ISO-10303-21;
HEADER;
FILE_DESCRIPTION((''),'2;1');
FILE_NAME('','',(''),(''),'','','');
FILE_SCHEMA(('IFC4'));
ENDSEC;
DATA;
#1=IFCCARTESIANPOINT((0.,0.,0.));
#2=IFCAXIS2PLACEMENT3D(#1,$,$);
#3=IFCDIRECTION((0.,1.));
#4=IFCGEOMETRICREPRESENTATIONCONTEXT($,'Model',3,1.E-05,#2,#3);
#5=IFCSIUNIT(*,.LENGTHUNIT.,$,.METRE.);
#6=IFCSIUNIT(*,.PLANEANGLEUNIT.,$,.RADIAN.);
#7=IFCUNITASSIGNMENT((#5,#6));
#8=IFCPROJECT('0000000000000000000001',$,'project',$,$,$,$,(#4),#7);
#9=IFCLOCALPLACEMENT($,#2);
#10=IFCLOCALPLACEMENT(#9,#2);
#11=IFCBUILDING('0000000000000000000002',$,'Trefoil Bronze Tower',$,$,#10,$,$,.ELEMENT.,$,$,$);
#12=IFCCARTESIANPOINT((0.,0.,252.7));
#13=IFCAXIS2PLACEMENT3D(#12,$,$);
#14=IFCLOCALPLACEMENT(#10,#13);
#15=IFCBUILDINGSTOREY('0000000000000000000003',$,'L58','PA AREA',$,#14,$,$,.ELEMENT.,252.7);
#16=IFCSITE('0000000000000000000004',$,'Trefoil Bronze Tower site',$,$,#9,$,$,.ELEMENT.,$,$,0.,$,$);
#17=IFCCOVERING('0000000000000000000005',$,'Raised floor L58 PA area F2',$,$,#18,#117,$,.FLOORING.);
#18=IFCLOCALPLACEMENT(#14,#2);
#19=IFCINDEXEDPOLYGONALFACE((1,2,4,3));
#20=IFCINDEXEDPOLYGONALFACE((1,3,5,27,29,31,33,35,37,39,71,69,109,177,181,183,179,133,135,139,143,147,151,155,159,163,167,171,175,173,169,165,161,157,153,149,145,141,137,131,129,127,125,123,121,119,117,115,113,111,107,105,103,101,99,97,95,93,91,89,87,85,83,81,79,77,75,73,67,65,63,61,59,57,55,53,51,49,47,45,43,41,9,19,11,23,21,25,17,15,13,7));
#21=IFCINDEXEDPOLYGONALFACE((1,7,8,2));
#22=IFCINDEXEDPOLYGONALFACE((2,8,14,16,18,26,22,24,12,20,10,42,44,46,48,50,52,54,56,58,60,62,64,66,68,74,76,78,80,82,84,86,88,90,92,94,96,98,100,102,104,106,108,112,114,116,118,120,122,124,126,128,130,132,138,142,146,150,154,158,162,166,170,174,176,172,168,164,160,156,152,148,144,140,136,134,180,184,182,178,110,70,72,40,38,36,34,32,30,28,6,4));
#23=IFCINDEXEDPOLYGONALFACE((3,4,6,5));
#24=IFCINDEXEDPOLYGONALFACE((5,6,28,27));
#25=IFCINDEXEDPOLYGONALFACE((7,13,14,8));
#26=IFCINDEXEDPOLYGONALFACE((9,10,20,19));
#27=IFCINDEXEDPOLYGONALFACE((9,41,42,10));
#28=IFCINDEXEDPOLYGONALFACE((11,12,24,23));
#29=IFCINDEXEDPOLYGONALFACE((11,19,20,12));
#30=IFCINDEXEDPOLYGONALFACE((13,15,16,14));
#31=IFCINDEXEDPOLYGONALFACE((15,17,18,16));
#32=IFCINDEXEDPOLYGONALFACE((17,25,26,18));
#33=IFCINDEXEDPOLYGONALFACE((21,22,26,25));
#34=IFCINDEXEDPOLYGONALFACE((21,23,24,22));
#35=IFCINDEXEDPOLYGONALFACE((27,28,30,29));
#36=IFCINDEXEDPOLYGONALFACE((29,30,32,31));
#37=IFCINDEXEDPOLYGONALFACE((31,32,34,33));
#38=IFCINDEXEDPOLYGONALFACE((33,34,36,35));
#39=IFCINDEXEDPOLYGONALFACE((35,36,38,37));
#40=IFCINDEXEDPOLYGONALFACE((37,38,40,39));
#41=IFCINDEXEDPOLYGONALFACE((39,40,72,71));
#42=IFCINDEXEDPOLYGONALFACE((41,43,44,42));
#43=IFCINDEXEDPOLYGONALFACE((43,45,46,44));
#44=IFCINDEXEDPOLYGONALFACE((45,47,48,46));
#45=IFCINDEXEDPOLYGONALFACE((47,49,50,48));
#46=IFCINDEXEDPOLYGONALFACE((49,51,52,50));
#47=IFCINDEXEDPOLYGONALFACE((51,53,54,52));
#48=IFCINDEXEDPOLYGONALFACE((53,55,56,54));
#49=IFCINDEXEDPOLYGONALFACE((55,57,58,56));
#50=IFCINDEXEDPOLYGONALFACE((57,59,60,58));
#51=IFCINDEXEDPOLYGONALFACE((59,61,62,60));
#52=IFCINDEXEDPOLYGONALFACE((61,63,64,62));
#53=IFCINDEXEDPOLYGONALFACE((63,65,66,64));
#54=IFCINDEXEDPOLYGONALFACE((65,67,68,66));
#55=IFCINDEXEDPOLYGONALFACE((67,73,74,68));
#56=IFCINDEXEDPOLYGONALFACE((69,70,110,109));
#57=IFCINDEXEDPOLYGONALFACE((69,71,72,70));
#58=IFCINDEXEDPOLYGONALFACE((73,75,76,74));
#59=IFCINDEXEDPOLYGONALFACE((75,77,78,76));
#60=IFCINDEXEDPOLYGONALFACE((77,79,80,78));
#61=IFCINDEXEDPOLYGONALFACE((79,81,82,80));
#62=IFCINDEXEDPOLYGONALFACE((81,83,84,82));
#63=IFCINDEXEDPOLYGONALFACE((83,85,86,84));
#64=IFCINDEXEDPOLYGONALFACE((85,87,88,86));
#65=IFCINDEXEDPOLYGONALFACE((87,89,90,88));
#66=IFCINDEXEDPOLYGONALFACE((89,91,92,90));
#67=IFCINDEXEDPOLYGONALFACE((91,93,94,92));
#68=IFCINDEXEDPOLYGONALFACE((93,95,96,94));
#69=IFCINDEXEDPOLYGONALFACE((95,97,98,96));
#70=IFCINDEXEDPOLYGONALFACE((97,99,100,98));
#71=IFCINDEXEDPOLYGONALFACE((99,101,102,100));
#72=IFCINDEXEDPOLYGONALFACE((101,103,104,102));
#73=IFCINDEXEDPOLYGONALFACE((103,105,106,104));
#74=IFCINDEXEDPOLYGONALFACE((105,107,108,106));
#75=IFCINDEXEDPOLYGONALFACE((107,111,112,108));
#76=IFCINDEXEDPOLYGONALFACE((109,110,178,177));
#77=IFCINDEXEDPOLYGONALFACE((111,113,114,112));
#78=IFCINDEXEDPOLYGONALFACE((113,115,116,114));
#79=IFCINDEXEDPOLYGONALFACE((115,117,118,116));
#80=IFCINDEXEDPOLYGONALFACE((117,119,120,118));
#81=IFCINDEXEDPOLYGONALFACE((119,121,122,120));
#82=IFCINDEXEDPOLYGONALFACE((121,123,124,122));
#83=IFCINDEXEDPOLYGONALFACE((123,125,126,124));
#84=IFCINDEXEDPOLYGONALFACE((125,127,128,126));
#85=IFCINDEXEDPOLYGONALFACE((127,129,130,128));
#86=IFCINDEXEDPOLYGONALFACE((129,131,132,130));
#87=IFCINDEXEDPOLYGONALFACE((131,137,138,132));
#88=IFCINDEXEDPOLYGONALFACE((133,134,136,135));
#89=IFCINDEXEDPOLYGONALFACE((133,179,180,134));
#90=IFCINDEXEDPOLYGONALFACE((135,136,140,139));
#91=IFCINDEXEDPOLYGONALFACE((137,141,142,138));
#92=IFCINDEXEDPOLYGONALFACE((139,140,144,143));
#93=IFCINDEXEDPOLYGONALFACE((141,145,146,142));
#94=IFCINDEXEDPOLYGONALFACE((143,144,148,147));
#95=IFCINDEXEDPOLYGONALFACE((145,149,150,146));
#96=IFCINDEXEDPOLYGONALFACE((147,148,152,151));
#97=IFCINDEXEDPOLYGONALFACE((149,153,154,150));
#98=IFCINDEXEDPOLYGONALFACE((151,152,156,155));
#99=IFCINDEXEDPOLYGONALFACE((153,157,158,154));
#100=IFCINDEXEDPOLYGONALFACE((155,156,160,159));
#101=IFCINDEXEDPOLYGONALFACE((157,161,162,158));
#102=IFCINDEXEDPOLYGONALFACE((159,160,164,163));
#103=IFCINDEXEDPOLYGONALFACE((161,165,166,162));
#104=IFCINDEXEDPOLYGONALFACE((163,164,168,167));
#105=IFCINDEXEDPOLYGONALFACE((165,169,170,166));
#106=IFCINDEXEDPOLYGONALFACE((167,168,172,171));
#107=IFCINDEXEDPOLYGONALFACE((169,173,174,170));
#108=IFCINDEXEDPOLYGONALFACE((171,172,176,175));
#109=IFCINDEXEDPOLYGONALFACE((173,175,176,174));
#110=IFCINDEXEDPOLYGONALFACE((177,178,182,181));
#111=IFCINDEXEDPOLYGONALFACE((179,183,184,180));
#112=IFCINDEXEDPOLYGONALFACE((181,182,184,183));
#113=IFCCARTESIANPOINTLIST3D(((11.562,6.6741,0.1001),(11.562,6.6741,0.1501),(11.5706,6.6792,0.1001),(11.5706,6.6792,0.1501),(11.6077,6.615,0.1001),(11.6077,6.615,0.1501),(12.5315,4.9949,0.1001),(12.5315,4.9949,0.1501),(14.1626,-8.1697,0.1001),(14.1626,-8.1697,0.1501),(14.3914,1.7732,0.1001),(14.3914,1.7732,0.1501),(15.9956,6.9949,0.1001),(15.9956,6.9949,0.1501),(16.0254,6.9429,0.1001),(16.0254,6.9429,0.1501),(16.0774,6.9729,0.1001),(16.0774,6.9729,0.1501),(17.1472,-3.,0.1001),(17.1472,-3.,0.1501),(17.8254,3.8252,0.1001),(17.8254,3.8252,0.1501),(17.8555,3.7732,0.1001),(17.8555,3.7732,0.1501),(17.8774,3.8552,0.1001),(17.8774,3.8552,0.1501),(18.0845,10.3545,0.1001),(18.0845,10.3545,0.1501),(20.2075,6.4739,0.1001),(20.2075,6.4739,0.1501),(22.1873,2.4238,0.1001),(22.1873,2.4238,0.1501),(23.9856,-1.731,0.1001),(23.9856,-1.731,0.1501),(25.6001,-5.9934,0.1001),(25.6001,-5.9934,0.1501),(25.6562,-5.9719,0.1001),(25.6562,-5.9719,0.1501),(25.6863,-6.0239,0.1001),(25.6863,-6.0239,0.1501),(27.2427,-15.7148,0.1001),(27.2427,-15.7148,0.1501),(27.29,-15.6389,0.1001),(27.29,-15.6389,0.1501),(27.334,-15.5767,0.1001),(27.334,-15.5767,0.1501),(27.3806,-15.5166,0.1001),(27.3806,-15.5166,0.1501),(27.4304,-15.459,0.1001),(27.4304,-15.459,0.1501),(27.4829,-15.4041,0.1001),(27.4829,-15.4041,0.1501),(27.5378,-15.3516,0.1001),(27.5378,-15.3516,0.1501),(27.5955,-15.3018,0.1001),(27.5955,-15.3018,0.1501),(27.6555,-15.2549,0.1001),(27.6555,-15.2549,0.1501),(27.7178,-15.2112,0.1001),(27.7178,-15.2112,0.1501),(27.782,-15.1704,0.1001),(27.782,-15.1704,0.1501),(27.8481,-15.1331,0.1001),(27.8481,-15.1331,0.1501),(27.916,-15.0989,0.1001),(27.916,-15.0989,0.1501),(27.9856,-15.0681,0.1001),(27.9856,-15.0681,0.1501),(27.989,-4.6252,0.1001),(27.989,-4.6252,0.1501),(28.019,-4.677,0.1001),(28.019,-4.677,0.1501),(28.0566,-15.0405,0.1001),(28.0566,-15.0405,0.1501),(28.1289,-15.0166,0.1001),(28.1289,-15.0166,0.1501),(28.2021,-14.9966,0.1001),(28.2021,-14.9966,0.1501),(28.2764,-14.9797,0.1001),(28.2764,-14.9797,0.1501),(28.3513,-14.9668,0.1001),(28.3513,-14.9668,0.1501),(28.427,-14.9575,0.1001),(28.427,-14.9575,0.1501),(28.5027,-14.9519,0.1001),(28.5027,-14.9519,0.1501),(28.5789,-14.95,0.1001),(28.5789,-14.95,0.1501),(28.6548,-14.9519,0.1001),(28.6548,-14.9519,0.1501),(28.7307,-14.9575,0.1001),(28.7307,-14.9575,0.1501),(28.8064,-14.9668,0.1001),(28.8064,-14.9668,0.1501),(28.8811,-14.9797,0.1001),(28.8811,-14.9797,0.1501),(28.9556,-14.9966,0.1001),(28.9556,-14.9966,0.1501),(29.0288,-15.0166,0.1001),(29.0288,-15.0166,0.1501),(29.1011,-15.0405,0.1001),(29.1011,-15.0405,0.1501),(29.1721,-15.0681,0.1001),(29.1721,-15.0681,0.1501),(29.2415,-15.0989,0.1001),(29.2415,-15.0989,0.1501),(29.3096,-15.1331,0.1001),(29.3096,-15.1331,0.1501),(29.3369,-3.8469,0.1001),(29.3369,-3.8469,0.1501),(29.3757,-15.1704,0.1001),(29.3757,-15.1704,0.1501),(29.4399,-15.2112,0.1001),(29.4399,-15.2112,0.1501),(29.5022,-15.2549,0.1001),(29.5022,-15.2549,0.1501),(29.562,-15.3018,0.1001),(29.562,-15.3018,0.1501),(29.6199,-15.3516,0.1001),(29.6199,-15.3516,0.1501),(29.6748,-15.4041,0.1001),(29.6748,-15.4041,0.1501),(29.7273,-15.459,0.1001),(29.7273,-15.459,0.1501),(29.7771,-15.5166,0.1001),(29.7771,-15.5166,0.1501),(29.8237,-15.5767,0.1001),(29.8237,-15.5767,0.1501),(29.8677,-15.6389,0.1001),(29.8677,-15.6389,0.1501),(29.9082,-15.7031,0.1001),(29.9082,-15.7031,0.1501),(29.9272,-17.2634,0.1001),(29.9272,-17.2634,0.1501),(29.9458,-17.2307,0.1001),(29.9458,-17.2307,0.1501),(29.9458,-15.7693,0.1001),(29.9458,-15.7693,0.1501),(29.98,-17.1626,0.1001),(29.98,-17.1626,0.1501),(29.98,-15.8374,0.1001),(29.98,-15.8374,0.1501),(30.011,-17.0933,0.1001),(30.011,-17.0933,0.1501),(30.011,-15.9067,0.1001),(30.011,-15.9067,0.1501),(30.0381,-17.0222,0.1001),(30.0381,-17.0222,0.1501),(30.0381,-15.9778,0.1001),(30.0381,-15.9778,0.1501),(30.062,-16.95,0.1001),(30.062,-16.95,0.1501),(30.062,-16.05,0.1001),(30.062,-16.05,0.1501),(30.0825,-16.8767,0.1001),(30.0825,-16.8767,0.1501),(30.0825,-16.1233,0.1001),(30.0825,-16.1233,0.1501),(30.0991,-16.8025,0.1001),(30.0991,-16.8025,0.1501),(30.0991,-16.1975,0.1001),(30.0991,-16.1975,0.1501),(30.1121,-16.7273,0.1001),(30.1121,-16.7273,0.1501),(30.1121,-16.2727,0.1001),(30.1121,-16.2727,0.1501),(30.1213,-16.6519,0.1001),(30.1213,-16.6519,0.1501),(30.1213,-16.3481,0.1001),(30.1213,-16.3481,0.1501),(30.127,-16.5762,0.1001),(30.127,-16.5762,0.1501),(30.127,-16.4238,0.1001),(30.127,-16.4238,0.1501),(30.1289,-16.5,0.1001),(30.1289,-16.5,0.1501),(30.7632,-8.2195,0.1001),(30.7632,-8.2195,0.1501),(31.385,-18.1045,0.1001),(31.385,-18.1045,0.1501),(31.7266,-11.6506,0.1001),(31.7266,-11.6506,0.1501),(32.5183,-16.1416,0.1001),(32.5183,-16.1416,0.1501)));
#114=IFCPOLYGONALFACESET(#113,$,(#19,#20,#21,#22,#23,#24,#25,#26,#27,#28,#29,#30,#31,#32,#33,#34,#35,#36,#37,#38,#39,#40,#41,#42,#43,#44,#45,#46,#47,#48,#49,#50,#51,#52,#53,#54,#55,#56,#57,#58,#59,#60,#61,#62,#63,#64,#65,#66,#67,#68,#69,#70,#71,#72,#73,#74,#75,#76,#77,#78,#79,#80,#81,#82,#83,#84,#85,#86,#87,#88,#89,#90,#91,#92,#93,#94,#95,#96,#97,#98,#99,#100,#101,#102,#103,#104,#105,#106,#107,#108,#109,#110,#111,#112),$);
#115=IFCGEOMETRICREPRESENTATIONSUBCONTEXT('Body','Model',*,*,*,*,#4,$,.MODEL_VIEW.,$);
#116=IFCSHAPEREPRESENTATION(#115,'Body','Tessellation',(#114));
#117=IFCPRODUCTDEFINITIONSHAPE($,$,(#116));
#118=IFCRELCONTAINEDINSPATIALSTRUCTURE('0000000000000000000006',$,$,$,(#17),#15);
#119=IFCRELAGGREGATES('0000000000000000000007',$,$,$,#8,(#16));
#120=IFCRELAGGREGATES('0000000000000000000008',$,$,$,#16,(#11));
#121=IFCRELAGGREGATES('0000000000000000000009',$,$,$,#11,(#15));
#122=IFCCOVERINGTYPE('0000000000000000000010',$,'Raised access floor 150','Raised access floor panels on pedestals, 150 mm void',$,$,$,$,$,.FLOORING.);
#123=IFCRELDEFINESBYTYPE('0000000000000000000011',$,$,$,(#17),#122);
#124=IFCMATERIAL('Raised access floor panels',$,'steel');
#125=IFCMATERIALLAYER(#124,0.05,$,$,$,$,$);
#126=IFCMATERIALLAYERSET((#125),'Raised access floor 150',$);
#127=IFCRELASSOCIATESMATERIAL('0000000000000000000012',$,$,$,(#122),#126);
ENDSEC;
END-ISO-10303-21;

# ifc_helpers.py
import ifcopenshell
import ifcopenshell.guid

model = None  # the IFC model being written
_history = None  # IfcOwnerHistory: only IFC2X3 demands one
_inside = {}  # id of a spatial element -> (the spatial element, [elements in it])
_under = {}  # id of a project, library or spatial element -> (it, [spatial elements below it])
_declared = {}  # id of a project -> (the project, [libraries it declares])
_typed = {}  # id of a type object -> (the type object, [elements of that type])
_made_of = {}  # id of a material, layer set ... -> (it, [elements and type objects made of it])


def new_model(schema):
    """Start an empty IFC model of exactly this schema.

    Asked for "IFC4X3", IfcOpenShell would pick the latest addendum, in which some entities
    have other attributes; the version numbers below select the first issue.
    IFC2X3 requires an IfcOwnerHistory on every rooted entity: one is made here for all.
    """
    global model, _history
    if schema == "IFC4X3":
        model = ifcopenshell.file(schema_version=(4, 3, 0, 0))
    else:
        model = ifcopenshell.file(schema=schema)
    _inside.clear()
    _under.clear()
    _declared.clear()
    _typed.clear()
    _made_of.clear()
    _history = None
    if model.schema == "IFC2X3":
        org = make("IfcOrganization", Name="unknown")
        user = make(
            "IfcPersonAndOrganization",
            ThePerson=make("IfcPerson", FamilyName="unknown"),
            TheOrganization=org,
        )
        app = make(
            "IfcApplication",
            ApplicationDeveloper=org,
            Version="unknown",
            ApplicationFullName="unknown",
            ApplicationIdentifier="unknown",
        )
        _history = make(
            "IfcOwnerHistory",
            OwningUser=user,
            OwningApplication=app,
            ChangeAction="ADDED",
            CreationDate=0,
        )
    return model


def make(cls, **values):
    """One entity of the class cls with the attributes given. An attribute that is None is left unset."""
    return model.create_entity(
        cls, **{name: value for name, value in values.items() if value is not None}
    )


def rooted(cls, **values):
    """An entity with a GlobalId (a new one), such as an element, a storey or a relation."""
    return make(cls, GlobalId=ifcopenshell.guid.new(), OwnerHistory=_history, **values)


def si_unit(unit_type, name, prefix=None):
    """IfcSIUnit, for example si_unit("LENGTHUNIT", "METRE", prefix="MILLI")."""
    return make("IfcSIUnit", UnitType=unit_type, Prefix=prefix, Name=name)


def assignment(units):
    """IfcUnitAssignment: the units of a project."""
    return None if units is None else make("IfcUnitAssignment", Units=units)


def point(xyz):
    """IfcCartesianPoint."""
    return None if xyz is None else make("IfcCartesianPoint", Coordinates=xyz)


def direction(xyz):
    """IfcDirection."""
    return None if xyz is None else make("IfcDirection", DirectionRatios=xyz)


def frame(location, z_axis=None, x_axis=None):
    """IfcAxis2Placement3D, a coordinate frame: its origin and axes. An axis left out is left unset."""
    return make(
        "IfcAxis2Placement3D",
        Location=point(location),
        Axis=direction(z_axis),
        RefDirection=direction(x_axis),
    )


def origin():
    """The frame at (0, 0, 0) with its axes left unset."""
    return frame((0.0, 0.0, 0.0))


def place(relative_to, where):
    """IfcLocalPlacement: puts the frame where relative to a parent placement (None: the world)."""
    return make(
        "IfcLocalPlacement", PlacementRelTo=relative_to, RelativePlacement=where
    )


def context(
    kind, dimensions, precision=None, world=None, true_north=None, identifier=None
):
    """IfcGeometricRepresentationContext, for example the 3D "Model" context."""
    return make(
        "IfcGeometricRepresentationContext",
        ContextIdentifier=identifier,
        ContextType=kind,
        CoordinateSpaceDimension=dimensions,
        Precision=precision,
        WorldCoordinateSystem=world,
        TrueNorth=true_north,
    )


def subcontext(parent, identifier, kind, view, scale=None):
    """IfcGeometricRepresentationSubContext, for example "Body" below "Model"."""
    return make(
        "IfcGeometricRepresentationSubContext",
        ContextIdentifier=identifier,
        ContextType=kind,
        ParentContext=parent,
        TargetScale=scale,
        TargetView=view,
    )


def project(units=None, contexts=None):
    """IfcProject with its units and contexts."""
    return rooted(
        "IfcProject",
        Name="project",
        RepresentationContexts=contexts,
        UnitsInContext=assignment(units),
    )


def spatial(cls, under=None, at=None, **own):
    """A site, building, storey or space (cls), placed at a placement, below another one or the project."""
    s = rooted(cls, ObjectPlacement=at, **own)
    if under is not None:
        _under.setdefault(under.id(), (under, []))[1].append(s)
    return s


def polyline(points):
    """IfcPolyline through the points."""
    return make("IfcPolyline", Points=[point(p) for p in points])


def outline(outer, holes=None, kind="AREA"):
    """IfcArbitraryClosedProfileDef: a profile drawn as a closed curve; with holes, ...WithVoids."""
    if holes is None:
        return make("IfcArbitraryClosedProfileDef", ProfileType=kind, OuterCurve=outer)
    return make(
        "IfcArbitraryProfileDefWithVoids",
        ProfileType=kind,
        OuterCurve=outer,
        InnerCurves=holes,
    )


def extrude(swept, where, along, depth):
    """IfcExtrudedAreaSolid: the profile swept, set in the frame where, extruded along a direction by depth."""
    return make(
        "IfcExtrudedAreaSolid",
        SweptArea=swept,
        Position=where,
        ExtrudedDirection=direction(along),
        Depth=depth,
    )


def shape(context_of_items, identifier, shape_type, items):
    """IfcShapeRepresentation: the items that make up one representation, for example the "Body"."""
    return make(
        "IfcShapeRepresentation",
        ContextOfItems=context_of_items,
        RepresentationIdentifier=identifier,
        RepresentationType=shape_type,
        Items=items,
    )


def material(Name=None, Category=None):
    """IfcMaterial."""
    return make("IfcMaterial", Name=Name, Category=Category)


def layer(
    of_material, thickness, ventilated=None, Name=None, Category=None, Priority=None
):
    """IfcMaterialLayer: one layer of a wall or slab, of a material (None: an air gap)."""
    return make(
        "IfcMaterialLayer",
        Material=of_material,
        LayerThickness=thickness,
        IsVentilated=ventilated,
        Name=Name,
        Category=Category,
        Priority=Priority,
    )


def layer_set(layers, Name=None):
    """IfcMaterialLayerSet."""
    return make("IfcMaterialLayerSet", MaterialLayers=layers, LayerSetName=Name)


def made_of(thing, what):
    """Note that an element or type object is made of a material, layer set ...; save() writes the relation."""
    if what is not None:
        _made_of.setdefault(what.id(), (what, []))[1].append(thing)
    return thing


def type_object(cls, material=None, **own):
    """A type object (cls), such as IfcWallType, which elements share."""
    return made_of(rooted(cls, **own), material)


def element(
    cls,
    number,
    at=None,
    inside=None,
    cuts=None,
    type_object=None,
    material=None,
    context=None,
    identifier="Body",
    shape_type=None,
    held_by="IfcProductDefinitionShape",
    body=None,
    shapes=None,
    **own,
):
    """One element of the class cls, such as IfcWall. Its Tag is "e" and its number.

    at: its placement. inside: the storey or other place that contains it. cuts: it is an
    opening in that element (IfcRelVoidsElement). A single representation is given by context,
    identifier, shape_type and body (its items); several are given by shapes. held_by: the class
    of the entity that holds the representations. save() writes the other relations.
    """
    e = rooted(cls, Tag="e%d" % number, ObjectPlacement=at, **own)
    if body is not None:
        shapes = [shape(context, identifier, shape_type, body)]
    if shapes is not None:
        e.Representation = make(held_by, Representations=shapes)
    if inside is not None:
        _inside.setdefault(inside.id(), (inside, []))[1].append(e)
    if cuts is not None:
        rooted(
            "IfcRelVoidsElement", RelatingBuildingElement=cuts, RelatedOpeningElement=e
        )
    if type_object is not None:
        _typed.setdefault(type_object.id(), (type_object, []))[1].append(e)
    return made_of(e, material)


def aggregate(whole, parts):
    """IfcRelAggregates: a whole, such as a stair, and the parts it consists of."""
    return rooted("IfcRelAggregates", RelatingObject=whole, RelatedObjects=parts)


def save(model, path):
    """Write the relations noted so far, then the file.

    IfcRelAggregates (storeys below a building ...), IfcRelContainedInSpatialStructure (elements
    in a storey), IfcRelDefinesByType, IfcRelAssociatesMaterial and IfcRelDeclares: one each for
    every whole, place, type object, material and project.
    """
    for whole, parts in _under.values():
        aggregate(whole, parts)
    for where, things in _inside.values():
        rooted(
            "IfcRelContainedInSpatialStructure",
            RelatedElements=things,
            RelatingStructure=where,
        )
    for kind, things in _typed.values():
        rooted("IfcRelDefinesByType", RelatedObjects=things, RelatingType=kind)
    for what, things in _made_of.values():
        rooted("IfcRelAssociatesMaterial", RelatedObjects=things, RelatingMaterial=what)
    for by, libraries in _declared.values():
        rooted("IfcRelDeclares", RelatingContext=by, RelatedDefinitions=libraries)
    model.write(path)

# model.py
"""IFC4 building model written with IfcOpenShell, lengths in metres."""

from ifc_helpers import new_model, si_unit, direction, frame, origin, place, context, subcontext, project, spatial, polyline, outline, extrude, material, layer, layer_set, type_object, element, save


model = new_model("IFC4")

# Units and contexts
model_context = context("Model", 3, precision=1e-05, world=origin(), true_north=direction((0.0, 1.0)))
body_context = subcontext(model_context, "Body", "Model", "MODEL_VIEW")
ifc_project = project(units=[si_unit("LENGTHUNIT", "METRE"), si_unit("PLANEANGLEUNIT", "RADIAN")], contexts=[model_context])

# Site, building, storey
site_placement = place(None, origin())
site = spatial("IfcSite", under=ifc_project, at=site_placement, Name="Trefoil Bronze Tower site", CompositionType="ELEMENT", RefElevation=0.0)
building_placement = place(site_placement, origin())
building = spatial("IfcBuilding", under=site, at=building_placement, Name="Trefoil Bronze Tower", CompositionType="ELEMENT")
storey_placement = place(building_placement, frame((0.0, 0.0, 252.7)))
storey = spatial("IfcBuildingStorey", under=building, at=storey_placement, Name="L58", Description="PA AREA", CompositionType="ELEMENT", Elevation=252.7)

# Covering
ifc_material_1 = material(Name="Raised access floor panels", Category="steel")
ifc_layer_1 = layer(ifc_material_1, 0.05)
ifc_layer_set_1 = layer_set([ifc_layer_1], Name="Raised access floor 150")
covering_type_1 = type_object("IfcCoveringType", Name="Raised access floor 150", Description="Raised access floor panels on pedestals, 150 mm void", PredefinedType="FLOORING", material=ifc_layer_set_1)
covering_1_placement = place(storey_placement, frame((0.0, 0.0, 0.1001)))
element("IfcCovering", 1, at=covering_1_placement, inside=storey, type_object=covering_type_1, Name="Raised floor L58 PA area F2", PredefinedType="FLOORING", context=body_context, shape_type="SweptSolid", body=[
    extrude(outline(polyline([(14.3914, 1.7732), (17.8555, 3.7732), (17.8254, 3.8252), (17.8774, 3.8552), (16.0774, 6.9729), (16.0254, 6.9429), (15.9956, 6.9949), (12.5315, 4.9949), (11.562, 6.6741), (11.5706, 6.6792), (11.6077, 6.615), (18.0845, 10.3545), (20.2075, 6.4739), (22.1873, 2.4238), (23.9856, -1.731), (25.6001, -5.9934), (25.6562, -5.9719), (25.6863, -6.0239), (28.019, -4.677), (27.989, -4.6252), (29.3369, -3.8469), (30.7632, -8.2195), (31.7266, -11.6506), (32.5183, -16.1416), (31.385, -18.1045), (29.9272, -17.2634), (29.9458, -17.2307), (29.98, -17.1626), (30.011, -17.0933), (30.0381, -17.0222), (30.062, -16.95), (30.0825, -16.8767), (30.0991, -16.8025), (30.1121, -16.7273), (30.1213, -16.6519), (30.127, -16.5762), (30.1289, -16.5), (30.127, -16.4238), (30.1213, -16.3481), (30.1121, -16.2727), (30.0991, -16.1975), (30.0825, -16.1233), (30.062, -16.05), (30.0381, -15.9778), (30.011, -15.9067), (29.98, -15.8374), (29.9458, -15.7693), (29.9082, -15.7031), (29.8677, -15.6389), (29.8237, -15.5767), (29.7771, -15.5166), (29.7273, -15.459), (29.6748, -15.4041), (29.6199, -15.3516), (29.562, -15.3018), (29.5022, -15.2549), (29.4399, -15.2112), (29.3757, -15.1704), (29.3096, -15.1331), (29.2415, -15.0989), (29.1721, -15.0681), (29.1011, -15.0405), (29.0288, -15.0166), (28.9556, -14.9966), (28.8811, -14.9797), (28.8064, -14.9668), (28.7307, -14.9575), (28.6548, -14.9519), (28.5789, -14.95), (28.5027, -14.9519), (28.427, -14.9575), (28.3513, -14.9668), (28.2764, -14.9797), (28.2021, -14.9966), (28.1289, -15.0166), (28.0566, -15.0405), (27.9856, -15.0681), (27.916, -15.0989), (27.8481, -15.1331), (27.782, -15.1704), (27.7178, -15.2112), (27.6555, -15.2549), (27.5955, -15.3018), (27.5378, -15.3516), (27.4829, -15.4041), (27.4304, -15.459), (27.3806, -15.5166), (27.334, -15.5767), (27.29, -15.6389), (27.2427, -15.7148), (14.1626, -8.1697), (17.1472, -3.0), (14.3914, 1.7732)])), origin(), (0.0, 0.0, 1.0), 0.05),
])

save(model, "model.ifc")
